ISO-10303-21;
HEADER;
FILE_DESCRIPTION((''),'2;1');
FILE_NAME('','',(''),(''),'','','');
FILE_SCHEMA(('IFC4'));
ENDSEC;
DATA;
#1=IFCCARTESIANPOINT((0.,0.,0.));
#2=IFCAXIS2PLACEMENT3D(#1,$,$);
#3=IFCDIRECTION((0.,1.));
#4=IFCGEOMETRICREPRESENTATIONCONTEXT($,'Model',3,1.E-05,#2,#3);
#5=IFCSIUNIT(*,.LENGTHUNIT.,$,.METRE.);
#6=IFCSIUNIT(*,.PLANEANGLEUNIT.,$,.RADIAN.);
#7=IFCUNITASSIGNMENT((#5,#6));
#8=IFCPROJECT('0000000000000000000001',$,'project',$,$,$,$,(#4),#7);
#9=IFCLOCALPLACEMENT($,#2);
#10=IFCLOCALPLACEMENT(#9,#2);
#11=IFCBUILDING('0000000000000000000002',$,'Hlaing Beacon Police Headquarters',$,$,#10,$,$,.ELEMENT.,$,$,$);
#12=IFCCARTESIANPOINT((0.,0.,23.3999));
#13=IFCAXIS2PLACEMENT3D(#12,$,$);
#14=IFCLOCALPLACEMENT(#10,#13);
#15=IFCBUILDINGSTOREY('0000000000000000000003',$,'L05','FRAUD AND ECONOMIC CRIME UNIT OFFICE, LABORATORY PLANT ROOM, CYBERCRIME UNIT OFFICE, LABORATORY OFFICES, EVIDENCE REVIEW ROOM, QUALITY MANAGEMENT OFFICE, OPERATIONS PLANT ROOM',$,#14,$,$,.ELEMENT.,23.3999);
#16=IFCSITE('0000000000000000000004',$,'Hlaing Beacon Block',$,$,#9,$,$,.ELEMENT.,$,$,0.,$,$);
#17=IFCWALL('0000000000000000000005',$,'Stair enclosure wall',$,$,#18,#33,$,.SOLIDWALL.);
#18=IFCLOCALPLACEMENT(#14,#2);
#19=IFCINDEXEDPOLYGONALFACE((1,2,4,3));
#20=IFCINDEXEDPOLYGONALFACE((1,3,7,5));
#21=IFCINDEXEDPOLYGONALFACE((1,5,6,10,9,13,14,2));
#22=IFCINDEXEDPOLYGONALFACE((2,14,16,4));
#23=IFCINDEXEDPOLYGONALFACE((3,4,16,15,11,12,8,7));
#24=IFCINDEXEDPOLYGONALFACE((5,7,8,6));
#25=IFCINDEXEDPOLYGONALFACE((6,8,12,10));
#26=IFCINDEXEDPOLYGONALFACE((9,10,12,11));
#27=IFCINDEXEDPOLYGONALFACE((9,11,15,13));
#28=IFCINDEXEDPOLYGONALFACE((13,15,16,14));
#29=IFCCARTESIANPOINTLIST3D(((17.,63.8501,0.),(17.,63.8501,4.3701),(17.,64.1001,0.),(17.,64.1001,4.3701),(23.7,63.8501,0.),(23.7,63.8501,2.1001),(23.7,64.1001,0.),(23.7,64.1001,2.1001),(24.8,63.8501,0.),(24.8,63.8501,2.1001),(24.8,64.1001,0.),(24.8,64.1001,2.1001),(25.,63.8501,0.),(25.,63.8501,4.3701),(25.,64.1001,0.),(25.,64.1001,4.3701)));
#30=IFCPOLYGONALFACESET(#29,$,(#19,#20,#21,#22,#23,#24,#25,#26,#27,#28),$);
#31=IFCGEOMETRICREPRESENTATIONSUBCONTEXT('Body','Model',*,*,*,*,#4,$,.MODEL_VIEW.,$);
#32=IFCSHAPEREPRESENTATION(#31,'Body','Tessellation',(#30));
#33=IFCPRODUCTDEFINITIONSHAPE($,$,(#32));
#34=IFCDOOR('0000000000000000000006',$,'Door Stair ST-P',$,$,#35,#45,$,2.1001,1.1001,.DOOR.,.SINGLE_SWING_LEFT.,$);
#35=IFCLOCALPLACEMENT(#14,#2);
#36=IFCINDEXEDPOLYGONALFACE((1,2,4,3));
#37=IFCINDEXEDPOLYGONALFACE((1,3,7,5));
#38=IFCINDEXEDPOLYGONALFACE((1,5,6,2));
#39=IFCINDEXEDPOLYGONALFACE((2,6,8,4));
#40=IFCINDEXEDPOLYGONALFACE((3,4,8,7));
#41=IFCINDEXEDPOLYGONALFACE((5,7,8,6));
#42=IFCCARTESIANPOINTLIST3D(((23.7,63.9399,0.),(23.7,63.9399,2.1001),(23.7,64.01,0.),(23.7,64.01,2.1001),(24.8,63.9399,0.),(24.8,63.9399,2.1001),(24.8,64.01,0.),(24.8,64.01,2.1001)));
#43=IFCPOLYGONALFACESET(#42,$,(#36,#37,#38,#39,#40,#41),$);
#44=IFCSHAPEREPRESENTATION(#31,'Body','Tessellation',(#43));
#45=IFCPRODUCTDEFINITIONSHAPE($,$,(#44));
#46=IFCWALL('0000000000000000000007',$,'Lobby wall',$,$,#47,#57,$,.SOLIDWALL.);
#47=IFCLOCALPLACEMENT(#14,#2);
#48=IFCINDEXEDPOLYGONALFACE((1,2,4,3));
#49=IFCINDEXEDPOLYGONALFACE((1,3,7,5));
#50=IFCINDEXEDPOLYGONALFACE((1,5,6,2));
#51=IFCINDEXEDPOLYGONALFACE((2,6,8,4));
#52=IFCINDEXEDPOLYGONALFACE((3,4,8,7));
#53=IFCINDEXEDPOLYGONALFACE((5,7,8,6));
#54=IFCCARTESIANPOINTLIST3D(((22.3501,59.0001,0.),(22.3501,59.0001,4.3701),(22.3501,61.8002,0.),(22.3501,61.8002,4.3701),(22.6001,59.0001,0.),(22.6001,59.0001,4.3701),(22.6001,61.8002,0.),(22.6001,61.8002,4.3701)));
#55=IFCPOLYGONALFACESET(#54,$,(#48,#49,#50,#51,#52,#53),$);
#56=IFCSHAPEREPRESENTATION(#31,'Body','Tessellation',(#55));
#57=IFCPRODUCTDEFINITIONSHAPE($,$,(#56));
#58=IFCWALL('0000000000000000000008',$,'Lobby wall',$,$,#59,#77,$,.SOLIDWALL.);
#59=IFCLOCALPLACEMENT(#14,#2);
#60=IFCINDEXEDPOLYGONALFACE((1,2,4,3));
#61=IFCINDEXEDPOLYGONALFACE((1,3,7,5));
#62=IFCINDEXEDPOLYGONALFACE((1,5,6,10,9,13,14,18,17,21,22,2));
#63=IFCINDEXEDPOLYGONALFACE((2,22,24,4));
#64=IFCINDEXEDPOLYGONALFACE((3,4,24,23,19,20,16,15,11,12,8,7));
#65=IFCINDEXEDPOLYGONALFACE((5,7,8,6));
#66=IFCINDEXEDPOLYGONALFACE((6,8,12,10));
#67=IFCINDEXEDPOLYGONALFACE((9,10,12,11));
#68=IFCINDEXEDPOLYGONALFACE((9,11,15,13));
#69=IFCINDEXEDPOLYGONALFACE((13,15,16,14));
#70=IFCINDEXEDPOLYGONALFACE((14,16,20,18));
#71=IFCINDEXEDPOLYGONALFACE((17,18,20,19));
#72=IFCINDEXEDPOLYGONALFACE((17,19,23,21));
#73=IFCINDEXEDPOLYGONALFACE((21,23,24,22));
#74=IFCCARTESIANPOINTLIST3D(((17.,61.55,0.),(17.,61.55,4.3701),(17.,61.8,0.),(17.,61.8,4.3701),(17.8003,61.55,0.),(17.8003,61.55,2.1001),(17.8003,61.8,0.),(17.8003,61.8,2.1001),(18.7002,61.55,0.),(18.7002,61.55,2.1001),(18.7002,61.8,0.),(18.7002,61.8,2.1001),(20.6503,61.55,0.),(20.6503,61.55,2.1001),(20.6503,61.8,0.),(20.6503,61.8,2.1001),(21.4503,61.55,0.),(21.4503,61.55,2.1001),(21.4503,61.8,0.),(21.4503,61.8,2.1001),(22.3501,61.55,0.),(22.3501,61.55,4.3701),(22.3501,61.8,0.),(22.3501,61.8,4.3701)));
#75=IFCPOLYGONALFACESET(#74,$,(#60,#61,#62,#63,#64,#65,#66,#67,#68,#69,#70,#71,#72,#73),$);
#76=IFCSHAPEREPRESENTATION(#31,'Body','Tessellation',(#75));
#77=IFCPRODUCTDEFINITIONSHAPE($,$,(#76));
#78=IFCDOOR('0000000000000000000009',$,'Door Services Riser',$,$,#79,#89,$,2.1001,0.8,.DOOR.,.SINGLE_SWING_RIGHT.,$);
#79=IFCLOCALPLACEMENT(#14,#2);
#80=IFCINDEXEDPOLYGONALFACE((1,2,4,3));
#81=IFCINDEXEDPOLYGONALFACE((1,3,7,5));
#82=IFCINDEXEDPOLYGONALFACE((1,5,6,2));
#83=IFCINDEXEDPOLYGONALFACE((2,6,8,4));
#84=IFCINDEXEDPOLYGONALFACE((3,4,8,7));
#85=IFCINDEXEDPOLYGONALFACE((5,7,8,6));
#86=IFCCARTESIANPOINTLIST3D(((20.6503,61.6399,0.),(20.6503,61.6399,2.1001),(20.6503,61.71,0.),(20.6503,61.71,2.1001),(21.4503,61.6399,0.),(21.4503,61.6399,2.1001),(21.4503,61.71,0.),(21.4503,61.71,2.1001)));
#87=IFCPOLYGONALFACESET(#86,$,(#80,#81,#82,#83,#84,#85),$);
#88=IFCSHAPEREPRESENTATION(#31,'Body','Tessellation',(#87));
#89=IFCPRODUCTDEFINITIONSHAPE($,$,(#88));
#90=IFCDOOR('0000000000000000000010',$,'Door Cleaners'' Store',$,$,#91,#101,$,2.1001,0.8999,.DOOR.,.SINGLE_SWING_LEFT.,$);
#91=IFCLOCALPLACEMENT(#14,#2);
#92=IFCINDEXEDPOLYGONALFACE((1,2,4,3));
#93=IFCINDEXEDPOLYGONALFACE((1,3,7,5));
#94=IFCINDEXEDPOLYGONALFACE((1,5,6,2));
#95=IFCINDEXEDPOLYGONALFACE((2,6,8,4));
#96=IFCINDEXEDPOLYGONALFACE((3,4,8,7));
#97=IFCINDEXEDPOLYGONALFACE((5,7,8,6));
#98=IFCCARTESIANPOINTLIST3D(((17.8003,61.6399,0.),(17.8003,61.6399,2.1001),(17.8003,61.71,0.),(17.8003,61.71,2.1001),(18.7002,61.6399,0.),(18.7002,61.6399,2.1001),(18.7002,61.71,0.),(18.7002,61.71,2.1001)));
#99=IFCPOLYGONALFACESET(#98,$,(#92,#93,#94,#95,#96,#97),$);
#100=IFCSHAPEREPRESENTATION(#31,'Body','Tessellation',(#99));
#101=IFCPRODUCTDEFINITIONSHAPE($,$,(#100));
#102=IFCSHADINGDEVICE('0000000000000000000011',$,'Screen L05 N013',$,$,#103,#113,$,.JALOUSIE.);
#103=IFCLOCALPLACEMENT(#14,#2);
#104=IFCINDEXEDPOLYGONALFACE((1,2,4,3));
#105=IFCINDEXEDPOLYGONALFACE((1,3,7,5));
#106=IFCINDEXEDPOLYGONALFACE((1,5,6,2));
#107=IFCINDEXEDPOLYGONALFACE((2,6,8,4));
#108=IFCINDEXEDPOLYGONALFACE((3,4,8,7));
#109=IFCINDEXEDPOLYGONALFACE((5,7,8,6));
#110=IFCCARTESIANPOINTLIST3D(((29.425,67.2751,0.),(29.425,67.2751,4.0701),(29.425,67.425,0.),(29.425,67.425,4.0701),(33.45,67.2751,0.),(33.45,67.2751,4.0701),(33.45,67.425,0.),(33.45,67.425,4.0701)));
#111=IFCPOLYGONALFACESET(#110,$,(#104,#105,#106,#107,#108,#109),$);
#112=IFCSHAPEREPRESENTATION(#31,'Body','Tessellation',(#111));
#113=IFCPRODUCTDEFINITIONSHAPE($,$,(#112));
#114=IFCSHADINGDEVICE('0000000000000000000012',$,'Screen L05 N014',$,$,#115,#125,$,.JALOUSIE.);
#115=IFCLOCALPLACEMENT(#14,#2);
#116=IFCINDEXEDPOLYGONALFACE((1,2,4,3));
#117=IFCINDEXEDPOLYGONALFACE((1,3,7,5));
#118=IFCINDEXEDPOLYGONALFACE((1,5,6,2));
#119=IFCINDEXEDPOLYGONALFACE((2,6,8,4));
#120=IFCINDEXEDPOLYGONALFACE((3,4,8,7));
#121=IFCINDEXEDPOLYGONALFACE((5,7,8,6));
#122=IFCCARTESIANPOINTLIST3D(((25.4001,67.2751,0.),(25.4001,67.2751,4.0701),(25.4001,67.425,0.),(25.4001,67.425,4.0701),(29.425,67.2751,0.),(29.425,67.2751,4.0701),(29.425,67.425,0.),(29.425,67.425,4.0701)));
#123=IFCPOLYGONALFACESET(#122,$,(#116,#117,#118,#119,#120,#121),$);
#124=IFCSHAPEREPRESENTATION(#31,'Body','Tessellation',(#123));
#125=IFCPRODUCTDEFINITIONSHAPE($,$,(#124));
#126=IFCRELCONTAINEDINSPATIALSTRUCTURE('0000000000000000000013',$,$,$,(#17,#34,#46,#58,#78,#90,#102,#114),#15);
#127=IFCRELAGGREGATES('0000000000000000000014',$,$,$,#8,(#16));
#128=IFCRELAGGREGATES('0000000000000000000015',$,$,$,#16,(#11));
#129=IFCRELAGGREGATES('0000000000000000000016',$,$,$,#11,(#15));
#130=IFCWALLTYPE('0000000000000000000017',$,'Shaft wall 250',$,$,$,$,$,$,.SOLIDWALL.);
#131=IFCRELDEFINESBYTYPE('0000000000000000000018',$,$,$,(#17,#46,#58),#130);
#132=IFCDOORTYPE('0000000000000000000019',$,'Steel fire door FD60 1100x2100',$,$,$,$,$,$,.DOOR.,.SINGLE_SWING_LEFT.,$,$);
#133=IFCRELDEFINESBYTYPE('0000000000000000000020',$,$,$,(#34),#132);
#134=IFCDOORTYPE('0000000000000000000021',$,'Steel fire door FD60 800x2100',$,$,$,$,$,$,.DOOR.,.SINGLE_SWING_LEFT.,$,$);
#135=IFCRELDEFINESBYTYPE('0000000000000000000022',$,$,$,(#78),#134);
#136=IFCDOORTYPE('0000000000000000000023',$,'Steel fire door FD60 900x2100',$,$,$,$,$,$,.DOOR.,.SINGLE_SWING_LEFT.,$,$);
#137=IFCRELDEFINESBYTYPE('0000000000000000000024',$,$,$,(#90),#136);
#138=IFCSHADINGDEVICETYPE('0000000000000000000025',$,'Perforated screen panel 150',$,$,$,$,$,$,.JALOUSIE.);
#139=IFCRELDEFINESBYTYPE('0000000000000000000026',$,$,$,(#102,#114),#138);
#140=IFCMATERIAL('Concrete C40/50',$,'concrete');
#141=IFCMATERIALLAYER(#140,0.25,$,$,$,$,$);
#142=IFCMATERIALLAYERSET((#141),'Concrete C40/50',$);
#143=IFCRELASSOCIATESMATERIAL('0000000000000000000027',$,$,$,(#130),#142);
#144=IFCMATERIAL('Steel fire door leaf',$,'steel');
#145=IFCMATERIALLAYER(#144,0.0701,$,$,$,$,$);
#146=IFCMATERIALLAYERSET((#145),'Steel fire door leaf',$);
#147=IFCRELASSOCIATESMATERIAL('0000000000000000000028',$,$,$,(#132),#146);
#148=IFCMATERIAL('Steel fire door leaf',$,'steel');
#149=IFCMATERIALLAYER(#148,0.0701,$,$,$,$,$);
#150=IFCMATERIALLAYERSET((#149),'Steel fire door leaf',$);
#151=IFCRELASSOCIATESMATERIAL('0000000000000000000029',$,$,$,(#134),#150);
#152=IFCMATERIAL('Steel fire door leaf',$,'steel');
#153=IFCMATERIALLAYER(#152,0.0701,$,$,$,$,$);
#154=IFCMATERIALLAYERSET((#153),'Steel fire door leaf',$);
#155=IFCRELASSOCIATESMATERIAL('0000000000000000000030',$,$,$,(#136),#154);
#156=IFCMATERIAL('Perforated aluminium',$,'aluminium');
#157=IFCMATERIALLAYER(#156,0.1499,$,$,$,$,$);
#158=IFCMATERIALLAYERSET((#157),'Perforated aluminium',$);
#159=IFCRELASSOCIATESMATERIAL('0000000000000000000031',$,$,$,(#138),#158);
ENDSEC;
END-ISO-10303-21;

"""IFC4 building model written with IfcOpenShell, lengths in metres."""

from ifc_helpers import new_model, si_unit, direction, frame, frame_2d, origin, origin_2d, place, context, subcontext, project, spatial, rectangle, extrude, material, layer, layer_set, type_object, element, fill, save


model = new_model("IFC4")

# Units and contexts
model_context = context("Model", 3, precision=1e-05, world=origin(), true_north=direction((0.0, 1.0)))
body_context = subcontext(model_context, "Body", "Model", "MODEL_VIEW")
ifc_project = project(units=[si_unit("LENGTHUNIT", "METRE"), si_unit("PLANEANGLEUNIT", "RADIAN")], contexts=[model_context])

# Site, building, storey
site_placement = place(None, origin())
site = spatial("IfcSite", under=ifc_project, at=site_placement, Name="Hlaing Beacon Block", CompositionType="ELEMENT", RefElevation=0.0)
building_placement = place(site_placement, origin())
building = spatial("IfcBuilding", under=site, at=building_placement, Name="Hlaing Beacon Police Headquarters", CompositionType="ELEMENT")
storey_placement = place(building_placement, frame((0.0, 0.0, 23.3999)))
storey = spatial("IfcBuildingStorey", under=building, at=storey_placement, Name="L05", Description="FRAUD AND ECONOMIC CRIME UNIT OFFICE, LABORATORY PLANT ROOM, CYBERCRIME UNIT OFFICE, LABORATORY OFFICES, EVIDENCE REVIEW ROOM, QUALITY MANAGEMENT OFFICE, OPERATIONS PLANT ROOM", CompositionType="ELEMENT", Elevation=23.3999)

# Wall, opening, door
ifc_material_1 = material(Name="Concrete C40/50", Category="concrete")
ifc_layer_1 = layer(ifc_material_1, 0.25)
ifc_layer_set_1 = layer_set([ifc_layer_1], Name="Concrete C40/50")
wall_type_1 = type_object("IfcWallType", Name="Shaft wall 250", PredefinedType="SOLIDWALL", material=ifc_layer_set_1)
wall_1_placement = place(storey_placement, frame((25.0, 63.9751, 0.0), z_axis=(0.0, 0.0, 1.0), x_axis=(-1.0, 0.0, 0.0)))
wall_1 = element("IfcWall", 1, at=wall_1_placement, inside=storey, type_object=wall_type_1, Name="Stair enclosure wall", PredefinedType="SOLIDWALL", context=body_context, shape_type="SweptSolid", body=[
    extrude(rectangle(XDim=8.0, YDim=0.25, at=frame_2d((4.0, 0.0))), origin(), (0.0, 0.0, 1.0), 4.3701),
])
opening_1_placement = place(wall_1_placement, frame((0.2, 0.0, 0.0)))
opening_1 = element("IfcOpeningElement", 2, at=opening_1_placement, cuts=wall_1, PredefinedType="OPENING", context=body_context, shape_type="SweptSolid", body=[
    extrude(rectangle(XDim=1.1001, YDim=2.1001, at=frame_2d((0.55, 1.05))), frame((0.0, 0.135, 0.0), z_axis=(0.0, -1.0, 0.0), x_axis=(1.0, 0.0, 0.0)), (0.0, 0.0, 1.0), 0.27),
])
ifc_material_2 = material(Name="Steel fire door leaf", Category="steel")
ifc_layer_2 = layer(ifc_material_2, 0.0701)
ifc_layer_set_2 = layer_set([ifc_layer_2], Name="Steel fire door leaf")
door_type_1 = type_object("IfcDoorType", Name="Steel fire door FD60 1100x2100", OperationType="SINGLE_SWING_LEFT", PredefinedType="DOOR", material=ifc_layer_set_2)
door_1_placement = place(opening_1_placement, frame((1.1001, 0.0, 0.0), z_axis=(0.0, 0.0, 1.0), x_axis=(-1.0, 0.0, 0.0)))
door_1 = element("IfcDoor", 3, at=door_1_placement, inside=storey, type_object=door_type_1, Name="Door Stair ST-P", OperationType="SINGLE_SWING_LEFT", OverallHeight=2.1001, OverallWidth=1.1001, PredefinedType="DOOR", context=body_context, shape_type="SweptSolid", body=[
    extrude(rectangle(XDim=1.1001, YDim=2.1001, at=frame_2d((0.55, 1.05))), frame((0.0, 0.0349, 0.0), z_axis=(0.0, -1.0, 0.0), x_axis=(1.0, 0.0, 0.0)), (0.0, 0.0, 1.0), 0.0701),
])
fill(opening_1, door_1)

# Wall
wall_2_placement = place(storey_placement, frame((22.4751, 61.8, 0.0), z_axis=(0.0, 0.0, 1.0), x_axis=(0.0, -1.0, 0.0)))
element("IfcWall", 4, at=wall_2_placement, inside=storey, type_object=wall_type_1, Name="Lobby wall", PredefinedType="SOLIDWALL", context=body_context, shape_type="SweptSolid", body=[
    extrude(rectangle(XDim=2.8, YDim=0.25, at=frame_2d((1.3999, 0.0))), origin(), (0.0, 0.0, 1.0), 4.3701),
])

# Wall, openings, doors
wall_3_placement = place(storey_placement, frame((22.3501, 61.675, 0.0), z_axis=(0.0, 0.0, 1.0), x_axis=(-1.0, 0.0, 0.0)))
wall_3 = element("IfcWall", 5, at=wall_3_placement, inside=storey, type_object=wall_type_1, Name="Lobby wall", PredefinedType="SOLIDWALL", context=body_context, shape_type="SweptSolid", body=[
    extrude(rectangle(XDim=5.3501, YDim=0.25, at=frame_2d((2.675, 0.0))), origin(), (0.0, 0.0, 1.0), 4.3701),
])
opening_2_placement = place(wall_3_placement, frame((3.6499, 0.0, 0.0)))
opening_2 = element("IfcOpeningElement", 6, at=opening_2_placement, cuts=wall_3, PredefinedType="OPENING", context=body_context, shape_type="SweptSolid", body=[
    extrude(rectangle(XDim=0.8999, YDim=2.1001, at=frame_2d((0.45, 1.05))), frame((0.0, 0.135, 0.0), z_axis=(0.0, -1.0, 0.0), x_axis=(1.0, 0.0, 0.0)), (0.0, 0.0, 1.0), 0.27),
])
opening_3_placement = place(wall_3_placement, frame((0.8999, 0.0, 0.0)))
opening_3 = element("IfcOpeningElement", 7, at=opening_3_placement, cuts=wall_3, PredefinedType="OPENING", context=body_context, shape_type="SweptSolid", body=[
    extrude(rectangle(XDim=0.8, YDim=2.1001, at=frame_2d((0.3999, 1.05))), frame((0.0, 0.135, 0.0), z_axis=(0.0, -1.0, 0.0), x_axis=(1.0, 0.0, 0.0)), (0.0, 0.0, 1.0), 0.27),
])
ifc_material_3 = material(Name="Steel fire door leaf", Category="steel")
ifc_layer_3 = layer(ifc_material_3, 0.0701)
ifc_layer_set_3 = layer_set([ifc_layer_3], Name="Steel fire door leaf")
door_type_2 = type_object("IfcDoorType", Name="Steel fire door FD60 800x2100", OperationType="SINGLE_SWING_LEFT", PredefinedType="DOOR", material=ifc_layer_set_3)
door_2_placement = place(opening_3_placement, origin())
door_2 = element("IfcDoor", 8, at=door_2_placement, inside=storey, type_object=door_type_2, Name="Door Services Riser", OperationType="SINGLE_SWING_RIGHT", OverallHeight=2.1001, OverallWidth=0.8, PredefinedType="DOOR", context=body_context, shape_type="SweptSolid", body=[
    extrude(rectangle(XDim=0.8, YDim=2.1001, at=frame_2d((0.3999, 1.05))), frame((0.0, 0.0352, 0.0), z_axis=(0.0, -1.0, 0.0), x_axis=(1.0, 0.0, 0.0)), (0.0, 0.0, 1.0), 0.0701),
])
fill(opening_3, door_2)
ifc_material_4 = material(Name="Steel fire door leaf", Category="steel")
ifc_layer_4 = layer(ifc_material_4, 0.0701)
ifc_layer_set_4 = layer_set([ifc_layer_4], Name="Steel fire door leaf")
door_type_3 = type_object("IfcDoorType", Name="Steel fire door FD60 900x2100", OperationType="SINGLE_SWING_LEFT", PredefinedType="DOOR", material=ifc_layer_set_4)
door_3_placement = place(opening_2_placement, origin())
door_3 = element("IfcDoor", 9, at=door_3_placement, inside=storey, type_object=door_type_3, Name="Door Cleaners' Store", OperationType="SINGLE_SWING_LEFT", OverallHeight=2.1001, OverallWidth=0.8999, PredefinedType="DOOR", context=body_context, shape_type="SweptSolid", body=[
    extrude(rectangle(XDim=0.8999, YDim=2.1001, at=frame_2d((0.45, 1.05))), frame((0.0, 0.0352, 0.0), z_axis=(0.0, -1.0, 0.0), x_axis=(1.0, 0.0, 0.0)), (0.0, 0.0, 1.0), 0.0701),
])
fill(opening_2, door_3)

# Shading devices
ifc_material_5 = material(Name="Perforated aluminium", Category="aluminium")
ifc_layer_5 = layer(ifc_material_5, 0.1499)
ifc_layer_set_5 = layer_set([ifc_layer_5], Name="Perforated aluminium")
shading_device_type = type_object("IfcShadingDeviceType", Name="Perforated screen panel 150", PredefinedType="JALOUSIE", material=ifc_layer_set_5)
for number, where, z_axis, x_axis, name in (
    (10, (31.4375, 67.3501, 0.0), (0.0, 0.0, 1.0), (-1.0, 0.0, 0.0), "Screen L05 N013"),
    (11, (27.4126, 67.3501, 0.0), (0.0, 0.0, 1.0), (-1.0, 0.0, 0.0), "Screen L05 N014"),
):
    element("IfcShadingDevice", number, at=place(storey_placement, frame(where, z_axis=z_axis, x_axis=x_axis)), inside=storey, type_object=shading_device_type, Name=name, PredefinedType="JALOUSIE", context=body_context, shape_type="SweptSolid", body=[
        extrude(rectangle(XDim=4.0249, YDim=0.1499, at=origin_2d()), origin(), (0.0, 0.0, 1.0), 4.0701),
    ])

save(model, "model.ifc")
